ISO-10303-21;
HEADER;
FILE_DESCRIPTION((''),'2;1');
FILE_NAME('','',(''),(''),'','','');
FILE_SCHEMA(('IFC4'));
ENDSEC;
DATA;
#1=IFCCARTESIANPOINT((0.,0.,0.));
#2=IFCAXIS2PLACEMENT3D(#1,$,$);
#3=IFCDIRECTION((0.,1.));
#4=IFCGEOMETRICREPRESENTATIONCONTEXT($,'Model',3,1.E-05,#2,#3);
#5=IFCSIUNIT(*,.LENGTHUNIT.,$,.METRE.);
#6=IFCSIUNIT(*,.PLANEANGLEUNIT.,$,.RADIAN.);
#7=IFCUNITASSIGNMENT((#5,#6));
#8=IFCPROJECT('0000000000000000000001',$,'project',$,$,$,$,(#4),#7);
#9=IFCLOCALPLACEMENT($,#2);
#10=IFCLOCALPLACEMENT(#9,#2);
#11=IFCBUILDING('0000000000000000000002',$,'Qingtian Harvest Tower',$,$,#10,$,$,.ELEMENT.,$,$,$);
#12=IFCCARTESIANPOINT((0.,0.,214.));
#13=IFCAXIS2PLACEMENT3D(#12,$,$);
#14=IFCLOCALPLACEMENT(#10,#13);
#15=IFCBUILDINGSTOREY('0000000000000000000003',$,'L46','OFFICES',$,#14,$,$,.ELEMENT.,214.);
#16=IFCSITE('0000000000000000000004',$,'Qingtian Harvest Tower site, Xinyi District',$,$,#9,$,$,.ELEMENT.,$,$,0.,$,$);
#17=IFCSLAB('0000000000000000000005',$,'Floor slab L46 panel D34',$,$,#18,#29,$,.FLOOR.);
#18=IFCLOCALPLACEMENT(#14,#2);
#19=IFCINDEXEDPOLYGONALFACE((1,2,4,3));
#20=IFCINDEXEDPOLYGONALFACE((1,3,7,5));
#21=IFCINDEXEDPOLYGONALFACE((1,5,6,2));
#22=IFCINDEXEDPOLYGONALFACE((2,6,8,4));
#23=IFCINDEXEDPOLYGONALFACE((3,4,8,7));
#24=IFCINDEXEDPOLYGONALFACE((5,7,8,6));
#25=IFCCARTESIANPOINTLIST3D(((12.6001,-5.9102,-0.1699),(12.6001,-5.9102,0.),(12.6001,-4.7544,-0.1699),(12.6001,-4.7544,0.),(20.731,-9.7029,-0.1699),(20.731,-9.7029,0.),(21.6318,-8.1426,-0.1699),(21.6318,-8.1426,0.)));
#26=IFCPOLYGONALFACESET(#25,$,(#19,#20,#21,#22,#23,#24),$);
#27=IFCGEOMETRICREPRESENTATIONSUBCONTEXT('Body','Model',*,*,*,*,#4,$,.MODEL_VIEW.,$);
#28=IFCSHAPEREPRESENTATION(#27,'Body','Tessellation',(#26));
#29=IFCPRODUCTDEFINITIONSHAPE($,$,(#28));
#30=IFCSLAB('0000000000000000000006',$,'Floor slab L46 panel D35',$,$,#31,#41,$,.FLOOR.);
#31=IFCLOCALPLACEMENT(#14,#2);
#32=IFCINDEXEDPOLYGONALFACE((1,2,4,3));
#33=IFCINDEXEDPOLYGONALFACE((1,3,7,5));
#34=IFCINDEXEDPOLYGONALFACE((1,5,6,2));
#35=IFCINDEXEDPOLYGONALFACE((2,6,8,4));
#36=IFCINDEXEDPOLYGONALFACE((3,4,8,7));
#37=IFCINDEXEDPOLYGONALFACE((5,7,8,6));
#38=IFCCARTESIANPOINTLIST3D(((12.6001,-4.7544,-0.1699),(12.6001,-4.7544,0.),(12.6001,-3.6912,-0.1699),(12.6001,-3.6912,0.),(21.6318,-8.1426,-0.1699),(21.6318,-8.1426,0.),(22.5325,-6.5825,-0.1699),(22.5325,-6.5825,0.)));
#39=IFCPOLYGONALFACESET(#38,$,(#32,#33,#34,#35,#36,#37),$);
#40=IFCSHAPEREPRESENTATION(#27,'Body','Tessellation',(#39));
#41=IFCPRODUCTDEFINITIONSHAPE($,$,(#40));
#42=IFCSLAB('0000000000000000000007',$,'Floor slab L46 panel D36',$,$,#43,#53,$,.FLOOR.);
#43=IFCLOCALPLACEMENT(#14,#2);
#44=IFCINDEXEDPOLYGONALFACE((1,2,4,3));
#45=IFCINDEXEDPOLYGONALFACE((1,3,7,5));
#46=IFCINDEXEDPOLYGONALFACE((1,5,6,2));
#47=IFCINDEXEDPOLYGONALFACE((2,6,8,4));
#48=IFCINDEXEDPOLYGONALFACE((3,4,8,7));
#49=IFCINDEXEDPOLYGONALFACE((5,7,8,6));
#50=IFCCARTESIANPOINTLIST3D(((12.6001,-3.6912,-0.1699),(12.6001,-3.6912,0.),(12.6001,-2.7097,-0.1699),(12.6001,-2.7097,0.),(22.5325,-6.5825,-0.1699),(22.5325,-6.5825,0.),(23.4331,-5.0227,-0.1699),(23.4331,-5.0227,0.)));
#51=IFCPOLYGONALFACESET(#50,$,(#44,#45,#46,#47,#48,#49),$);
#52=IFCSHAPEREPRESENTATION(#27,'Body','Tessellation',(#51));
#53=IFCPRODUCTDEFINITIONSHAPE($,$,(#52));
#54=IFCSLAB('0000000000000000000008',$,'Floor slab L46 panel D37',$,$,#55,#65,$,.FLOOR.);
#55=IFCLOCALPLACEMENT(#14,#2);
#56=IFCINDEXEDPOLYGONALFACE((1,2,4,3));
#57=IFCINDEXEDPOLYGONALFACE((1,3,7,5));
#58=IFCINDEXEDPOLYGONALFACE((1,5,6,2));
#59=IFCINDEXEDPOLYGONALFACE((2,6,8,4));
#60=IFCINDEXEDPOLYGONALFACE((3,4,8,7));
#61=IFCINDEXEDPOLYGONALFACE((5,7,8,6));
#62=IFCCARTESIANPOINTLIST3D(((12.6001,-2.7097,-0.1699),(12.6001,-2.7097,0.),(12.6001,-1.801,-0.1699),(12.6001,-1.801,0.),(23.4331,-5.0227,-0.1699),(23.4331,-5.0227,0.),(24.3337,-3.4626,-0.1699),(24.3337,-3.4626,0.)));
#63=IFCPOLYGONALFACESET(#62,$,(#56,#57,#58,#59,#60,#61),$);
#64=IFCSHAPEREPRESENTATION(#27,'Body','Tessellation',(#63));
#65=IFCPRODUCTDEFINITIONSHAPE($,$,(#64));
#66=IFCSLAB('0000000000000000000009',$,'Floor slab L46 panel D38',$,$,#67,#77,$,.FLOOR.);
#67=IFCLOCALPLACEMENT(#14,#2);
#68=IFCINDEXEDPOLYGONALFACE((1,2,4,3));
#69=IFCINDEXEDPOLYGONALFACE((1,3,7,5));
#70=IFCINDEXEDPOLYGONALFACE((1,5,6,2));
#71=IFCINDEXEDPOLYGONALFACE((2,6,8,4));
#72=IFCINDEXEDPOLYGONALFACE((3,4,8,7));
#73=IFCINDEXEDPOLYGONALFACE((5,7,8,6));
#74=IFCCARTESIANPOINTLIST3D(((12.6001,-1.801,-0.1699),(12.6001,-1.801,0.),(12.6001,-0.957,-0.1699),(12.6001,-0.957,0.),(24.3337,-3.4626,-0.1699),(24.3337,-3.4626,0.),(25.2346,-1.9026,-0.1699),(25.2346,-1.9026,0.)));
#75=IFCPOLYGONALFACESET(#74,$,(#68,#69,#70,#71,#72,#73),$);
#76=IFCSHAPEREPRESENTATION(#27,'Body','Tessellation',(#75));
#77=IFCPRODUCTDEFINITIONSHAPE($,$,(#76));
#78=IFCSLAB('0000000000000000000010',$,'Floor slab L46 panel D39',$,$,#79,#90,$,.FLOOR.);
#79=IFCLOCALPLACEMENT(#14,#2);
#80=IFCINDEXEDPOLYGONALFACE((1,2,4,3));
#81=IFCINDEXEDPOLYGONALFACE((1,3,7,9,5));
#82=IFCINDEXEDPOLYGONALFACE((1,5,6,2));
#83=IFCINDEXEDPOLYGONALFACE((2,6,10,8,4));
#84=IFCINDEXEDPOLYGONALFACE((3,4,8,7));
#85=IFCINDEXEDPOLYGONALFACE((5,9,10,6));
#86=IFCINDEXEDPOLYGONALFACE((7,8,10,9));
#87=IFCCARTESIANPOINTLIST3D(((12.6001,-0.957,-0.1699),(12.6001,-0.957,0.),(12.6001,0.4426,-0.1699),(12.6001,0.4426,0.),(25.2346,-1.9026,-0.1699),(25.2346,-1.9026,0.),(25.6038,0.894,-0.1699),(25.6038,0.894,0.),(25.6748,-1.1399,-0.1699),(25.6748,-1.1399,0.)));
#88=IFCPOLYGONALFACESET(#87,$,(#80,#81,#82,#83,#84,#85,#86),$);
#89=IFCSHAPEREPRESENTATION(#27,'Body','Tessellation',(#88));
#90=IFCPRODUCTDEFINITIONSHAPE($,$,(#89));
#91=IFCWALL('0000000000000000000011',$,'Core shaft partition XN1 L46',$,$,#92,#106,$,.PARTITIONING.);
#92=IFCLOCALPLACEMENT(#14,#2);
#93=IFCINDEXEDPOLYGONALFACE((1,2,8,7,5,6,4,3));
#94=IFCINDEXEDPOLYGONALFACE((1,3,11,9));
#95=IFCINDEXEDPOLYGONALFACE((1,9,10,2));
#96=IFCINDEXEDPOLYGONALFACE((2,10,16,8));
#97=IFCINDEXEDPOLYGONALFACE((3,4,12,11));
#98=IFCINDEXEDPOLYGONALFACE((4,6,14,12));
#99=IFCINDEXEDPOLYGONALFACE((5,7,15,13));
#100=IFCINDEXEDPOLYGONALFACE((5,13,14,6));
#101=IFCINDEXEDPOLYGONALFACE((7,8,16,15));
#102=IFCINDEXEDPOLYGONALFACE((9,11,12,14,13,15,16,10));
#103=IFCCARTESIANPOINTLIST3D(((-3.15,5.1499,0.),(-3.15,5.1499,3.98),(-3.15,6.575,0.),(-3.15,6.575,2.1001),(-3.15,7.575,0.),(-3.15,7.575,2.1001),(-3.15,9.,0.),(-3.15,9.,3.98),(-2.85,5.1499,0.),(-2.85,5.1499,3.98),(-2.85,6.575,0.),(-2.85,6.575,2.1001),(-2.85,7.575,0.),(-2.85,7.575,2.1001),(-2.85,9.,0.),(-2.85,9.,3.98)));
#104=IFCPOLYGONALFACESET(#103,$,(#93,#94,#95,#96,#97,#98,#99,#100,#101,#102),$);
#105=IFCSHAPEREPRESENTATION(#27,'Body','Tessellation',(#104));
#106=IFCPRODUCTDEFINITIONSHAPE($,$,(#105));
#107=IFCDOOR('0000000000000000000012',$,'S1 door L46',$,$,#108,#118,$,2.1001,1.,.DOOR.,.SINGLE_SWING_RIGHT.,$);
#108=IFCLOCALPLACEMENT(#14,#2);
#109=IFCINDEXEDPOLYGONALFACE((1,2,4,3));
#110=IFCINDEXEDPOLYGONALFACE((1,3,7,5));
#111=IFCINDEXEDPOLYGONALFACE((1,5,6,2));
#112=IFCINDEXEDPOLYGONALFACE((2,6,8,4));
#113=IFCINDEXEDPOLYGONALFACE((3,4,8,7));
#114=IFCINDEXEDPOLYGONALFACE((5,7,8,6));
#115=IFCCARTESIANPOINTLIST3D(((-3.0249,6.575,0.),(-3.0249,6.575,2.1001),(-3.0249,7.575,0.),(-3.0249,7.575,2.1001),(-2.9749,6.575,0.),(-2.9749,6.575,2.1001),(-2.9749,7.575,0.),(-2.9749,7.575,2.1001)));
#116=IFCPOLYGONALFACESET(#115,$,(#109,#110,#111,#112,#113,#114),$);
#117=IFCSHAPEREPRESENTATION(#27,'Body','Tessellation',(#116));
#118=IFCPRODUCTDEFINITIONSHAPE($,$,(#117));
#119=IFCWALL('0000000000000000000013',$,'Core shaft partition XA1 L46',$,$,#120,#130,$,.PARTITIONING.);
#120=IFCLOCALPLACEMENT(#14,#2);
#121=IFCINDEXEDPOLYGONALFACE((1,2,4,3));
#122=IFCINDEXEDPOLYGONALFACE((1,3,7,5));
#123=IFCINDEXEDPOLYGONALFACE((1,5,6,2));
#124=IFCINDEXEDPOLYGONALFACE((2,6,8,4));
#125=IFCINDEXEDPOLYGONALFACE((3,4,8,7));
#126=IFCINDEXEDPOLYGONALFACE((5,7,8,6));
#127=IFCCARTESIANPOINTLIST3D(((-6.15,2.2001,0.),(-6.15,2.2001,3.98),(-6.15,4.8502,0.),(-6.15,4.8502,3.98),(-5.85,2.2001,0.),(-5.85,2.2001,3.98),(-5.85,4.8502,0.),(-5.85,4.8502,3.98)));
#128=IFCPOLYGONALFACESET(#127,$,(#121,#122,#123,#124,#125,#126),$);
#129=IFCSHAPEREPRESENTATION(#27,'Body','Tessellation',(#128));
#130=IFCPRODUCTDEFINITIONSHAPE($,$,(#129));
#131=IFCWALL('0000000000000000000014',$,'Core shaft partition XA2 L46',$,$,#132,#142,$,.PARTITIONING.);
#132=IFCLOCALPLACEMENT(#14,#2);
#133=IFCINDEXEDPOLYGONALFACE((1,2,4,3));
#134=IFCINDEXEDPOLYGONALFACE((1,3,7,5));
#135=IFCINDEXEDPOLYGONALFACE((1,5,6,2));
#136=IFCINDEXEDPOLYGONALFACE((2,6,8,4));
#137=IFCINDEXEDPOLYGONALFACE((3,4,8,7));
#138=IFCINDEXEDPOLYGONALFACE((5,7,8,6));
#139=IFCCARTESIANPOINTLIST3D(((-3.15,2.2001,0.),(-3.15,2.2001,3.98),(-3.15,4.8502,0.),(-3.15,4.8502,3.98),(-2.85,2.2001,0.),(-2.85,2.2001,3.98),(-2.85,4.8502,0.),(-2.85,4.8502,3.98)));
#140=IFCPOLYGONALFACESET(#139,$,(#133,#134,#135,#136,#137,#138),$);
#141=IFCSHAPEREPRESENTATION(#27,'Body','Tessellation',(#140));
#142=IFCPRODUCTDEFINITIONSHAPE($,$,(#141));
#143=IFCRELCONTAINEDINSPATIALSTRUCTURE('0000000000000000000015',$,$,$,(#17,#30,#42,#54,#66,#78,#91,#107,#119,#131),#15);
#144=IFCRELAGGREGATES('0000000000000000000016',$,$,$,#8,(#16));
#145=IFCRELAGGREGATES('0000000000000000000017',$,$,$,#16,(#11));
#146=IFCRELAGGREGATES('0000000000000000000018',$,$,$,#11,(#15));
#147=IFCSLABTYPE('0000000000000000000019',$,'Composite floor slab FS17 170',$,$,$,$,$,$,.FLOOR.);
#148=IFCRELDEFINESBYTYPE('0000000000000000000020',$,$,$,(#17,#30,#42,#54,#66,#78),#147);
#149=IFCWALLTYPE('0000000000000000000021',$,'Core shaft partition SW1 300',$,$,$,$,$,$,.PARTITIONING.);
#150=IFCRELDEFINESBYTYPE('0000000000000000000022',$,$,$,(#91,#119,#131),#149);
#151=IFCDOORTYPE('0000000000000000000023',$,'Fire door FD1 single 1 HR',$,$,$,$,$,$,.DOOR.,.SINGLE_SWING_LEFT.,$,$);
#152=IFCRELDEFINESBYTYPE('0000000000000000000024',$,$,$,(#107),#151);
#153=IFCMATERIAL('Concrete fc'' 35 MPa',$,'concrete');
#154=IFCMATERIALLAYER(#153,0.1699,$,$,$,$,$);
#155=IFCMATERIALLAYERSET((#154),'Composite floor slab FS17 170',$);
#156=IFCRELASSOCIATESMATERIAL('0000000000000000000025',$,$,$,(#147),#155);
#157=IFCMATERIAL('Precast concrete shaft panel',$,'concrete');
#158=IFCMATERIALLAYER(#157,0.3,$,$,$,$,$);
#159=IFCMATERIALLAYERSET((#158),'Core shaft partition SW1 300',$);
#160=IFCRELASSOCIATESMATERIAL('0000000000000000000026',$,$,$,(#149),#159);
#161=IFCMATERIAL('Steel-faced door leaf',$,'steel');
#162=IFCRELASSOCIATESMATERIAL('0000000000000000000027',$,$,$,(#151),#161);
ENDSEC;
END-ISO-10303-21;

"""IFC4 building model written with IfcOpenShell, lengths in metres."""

from ifc_helpers import new_model, si_unit, direction, frame, frame_2d, origin, place, context, subcontext, project, spatial, polyline, rectangle, outline, extrude, material, layer, layer_set, type_object, element, fill, save


model = new_model("IFC4")

# Units and contexts
model_context = context("Model", 3, precision=1e-05, world=origin(), true_north=direction((0.0, 1.0)))
body_context = subcontext(model_context, "Body", "Model", "MODEL_VIEW")
ifc_project = project(units=[si_unit("LENGTHUNIT", "METRE"), si_unit("PLANEANGLEUNIT", "RADIAN")], contexts=[model_context])

# Site, building, storey
site_placement = place(None, origin())
site = spatial("IfcSite", under=ifc_project, at=site_placement, Name="Qingtian Harvest Tower site, Xinyi District", CompositionType="ELEMENT", RefElevation=0.0)
building_placement = place(site_placement, origin())
building = spatial("IfcBuilding", under=site, at=building_placement, Name="Qingtian Harvest Tower", CompositionType="ELEMENT")
storey_placement = place(building_placement, frame((0.0, 0.0, 214.0)))
storey = spatial("IfcBuildingStorey", under=building, at=storey_placement, Name="L46", Description="OFFICES", CompositionType="ELEMENT", Elevation=214.0)

# Slabs
ifc_material_1 = material(Name="Concrete fc' 35 MPa", Category="concrete")
ifc_layer_1 = layer(ifc_material_1, 0.1699)
ifc_layer_set_1 = layer_set([ifc_layer_1], Name="Composite floor slab FS17 170")
slab_type = type_object("IfcSlabType", Name="Composite floor slab FS17 170", PredefinedType="FLOOR", material=ifc_layer_set_1)
slab_1_placement = place(storey_placement, frame((0.0, 0.0, -0.1699)))
element("IfcSlab", 1, at=slab_1_placement, inside=storey, type_object=slab_type, Name="Floor slab L46 panel D34", PredefinedType="FLOOR", context=body_context, shape_type="SweptSolid", body=[
    extrude(outline(polyline([(12.6001, -4.7544), (21.6318, -8.1426), (20.731, -9.7029), (12.6001, -5.9102), (12.6001, -4.7544)])), origin(), (0.0, 0.0, 1.0), 0.1699),
])
slab_2_placement = place(storey_placement, frame((0.0, 0.0, -0.1699)))
element("IfcSlab", 2, at=slab_2_placement, inside=storey, type_object=slab_type, Name="Floor slab L46 panel D35", PredefinedType="FLOOR", context=body_context, shape_type="SweptSolid", body=[
    extrude(outline(polyline([(12.6001, -3.6912), (22.5325, -6.5825), (21.6318, -8.1426), (12.6001, -4.7544), (12.6001, -3.6912)])), origin(), (0.0, 0.0, 1.0), 0.1699),
])
slab_3_placement = place(storey_placement, frame((0.0, 0.0, -0.1699)))
element("IfcSlab", 3, at=slab_3_placement, inside=storey, type_object=slab_type, Name="Floor slab L46 panel D36", PredefinedType="FLOOR", context=body_context, shape_type="SweptSolid", body=[
    extrude(outline(polyline([(12.6001, -2.7097), (23.4331, -5.0227), (22.5325, -6.5825), (12.6001, -3.6912), (12.6001, -2.7097)])), origin(), (0.0, 0.0, 1.0), 0.1699),
])
slab_4_placement = place(storey_placement, frame((0.0, 0.0, -0.1699)))
element("IfcSlab", 4, at=slab_4_placement, inside=storey, type_object=slab_type, Name="Floor slab L46 panel D37", PredefinedType="FLOOR", context=body_context, shape_type="SweptSolid", body=[
    extrude(outline(polyline([(12.6001, -1.801), (24.3337, -3.4626), (23.4331, -5.0227), (12.6001, -2.7097), (12.6001, -1.801)])), origin(), (0.0, 0.0, 1.0), 0.1699),
])
slab_5_placement = place(storey_placement, frame((0.0, 0.0, -0.1699)))
element("IfcSlab", 5, at=slab_5_placement, inside=storey, type_object=slab_type, Name="Floor slab L46 panel D38", PredefinedType="FLOOR", context=body_context, shape_type="SweptSolid", body=[
    extrude(outline(polyline([(12.6001, -0.957), (25.2346, -1.9026), (24.3337, -3.4626), (12.6001, -1.801), (12.6001, -0.957)])), origin(), (0.0, 0.0, 1.0), 0.1699),
])
slab_6_placement = place(storey_placement, frame((0.0, 0.0, -0.1699)))
element("IfcSlab", 6, at=slab_6_placement, inside=storey, type_object=slab_type, Name="Floor slab L46 panel D39", PredefinedType="FLOOR", context=body_context, shape_type="SweptSolid", body=[
    extrude(outline(polyline([(12.6001, -0.957), (12.6001, 0.4426), (25.6038, 0.894), (25.6748, -1.1399), (25.2346, -1.9026), (12.6001, -0.957)])), origin(), (0.0, 0.0, 1.0), 0.1699),
])

# Wall, opening, door
ifc_material_2 = material(Name="Precast concrete shaft panel", Category="concrete")
ifc_layer_2 = layer(ifc_material_2, 0.3)
ifc_layer_set_2 = layer_set([ifc_layer_2], Name="Core shaft partition SW1 300")
wall_type_1 = type_object("IfcWallType", Name="Core shaft partition SW1 300", PredefinedType="PARTITIONING", material=ifc_layer_set_2)
wall_1_placement = place(storey_placement, frame((-3.0, 5.1499, 0.0), z_axis=(0.0, 0.0, 1.0), x_axis=(0.0, 1.0, 0.0)))
wall_1 = element("IfcWall", 7, at=wall_1_placement, inside=storey, type_object=wall_type_1, Name="Core shaft partition XN1 L46", PredefinedType="PARTITIONING", context=body_context, shape_type="SweptSolid", body=[
    extrude(rectangle(XDim=3.8501, YDim=0.3, at=frame_2d((1.925, 0.0))), origin(), (0.0, 0.0, 1.0), 3.98),
])
opening_1_placement = place(wall_1_placement, frame((1.425, 0.0, 0.0)))
opening_1 = element("IfcOpeningElement", 8, at=opening_1_placement, cuts=wall_1, PredefinedType="OPENING", context=body_context, shape_type="SweptSolid", body=[
    extrude(rectangle(XDim=1.0, YDim=2.1001, at=frame_2d((0.5, 1.05))), frame((0.0, 0.1599, 0.0), z_axis=(0.0, -1.0, 0.0), x_axis=(1.0, 0.0, 0.0)), (0.0, 0.0, 1.0), 0.3201),
])
ifc_material_3 = material(Name="Steel-faced door leaf", Category="steel")
door_type_1 = type_object("IfcDoorType", Name="Fire door FD1 single 1 HR", OperationType="SINGLE_SWING_LEFT", PredefinedType="DOOR", material=ifc_material_3)
door_1_placement = place(opening_1_placement, origin())
door_1 = element("IfcDoor", 9, at=door_1_placement, inside=storey, type_object=door_type_1, Name="S1 door L46", OperationType="SINGLE_SWING_RIGHT", OverallHeight=2.1001, OverallWidth=1.0, PredefinedType="DOOR", context=body_context, shape_type="SweptSolid", body=[
    extrude(rectangle(XDim=1.0, YDim=2.1001, at=frame_2d((0.5, 1.05))), frame((0.0, 0.0249, 0.0), z_axis=(0.0, -1.0, 0.0), x_axis=(1.0, 0.0, 0.0)), (0.0, 0.0, 1.0), 0.05),
])
fill(opening_1, door_1)

# Walls
for number, where, z_axis, x_axis, name in (
    (10, (-6.0, 2.2, 0.0), (0.0, 0.0, 1.0), (0.0, 1.0, 0.0), "Core shaft partition XA1 L46"),
    (11, (-3.0, 2.2, 0.0), (0.0, 0.0, 1.0), (0.0, 1.0, 0.0), "Core shaft partition XA2 L46"),
):
    element("IfcWall", number, at=place(storey_placement, frame(where, z_axis=z_axis, x_axis=x_axis)), inside=storey, type_object=wall_type_1, Name=name, PredefinedType="PARTITIONING", context=body_context, shape_type="SweptSolid", body=[
        extrude(rectangle(XDim=2.6501, YDim=0.3, at=frame_2d((1.3252, 0.0))), origin(), (0.0, 0.0, 1.0), 3.98),
    ])

save(model, "model.ifc")
